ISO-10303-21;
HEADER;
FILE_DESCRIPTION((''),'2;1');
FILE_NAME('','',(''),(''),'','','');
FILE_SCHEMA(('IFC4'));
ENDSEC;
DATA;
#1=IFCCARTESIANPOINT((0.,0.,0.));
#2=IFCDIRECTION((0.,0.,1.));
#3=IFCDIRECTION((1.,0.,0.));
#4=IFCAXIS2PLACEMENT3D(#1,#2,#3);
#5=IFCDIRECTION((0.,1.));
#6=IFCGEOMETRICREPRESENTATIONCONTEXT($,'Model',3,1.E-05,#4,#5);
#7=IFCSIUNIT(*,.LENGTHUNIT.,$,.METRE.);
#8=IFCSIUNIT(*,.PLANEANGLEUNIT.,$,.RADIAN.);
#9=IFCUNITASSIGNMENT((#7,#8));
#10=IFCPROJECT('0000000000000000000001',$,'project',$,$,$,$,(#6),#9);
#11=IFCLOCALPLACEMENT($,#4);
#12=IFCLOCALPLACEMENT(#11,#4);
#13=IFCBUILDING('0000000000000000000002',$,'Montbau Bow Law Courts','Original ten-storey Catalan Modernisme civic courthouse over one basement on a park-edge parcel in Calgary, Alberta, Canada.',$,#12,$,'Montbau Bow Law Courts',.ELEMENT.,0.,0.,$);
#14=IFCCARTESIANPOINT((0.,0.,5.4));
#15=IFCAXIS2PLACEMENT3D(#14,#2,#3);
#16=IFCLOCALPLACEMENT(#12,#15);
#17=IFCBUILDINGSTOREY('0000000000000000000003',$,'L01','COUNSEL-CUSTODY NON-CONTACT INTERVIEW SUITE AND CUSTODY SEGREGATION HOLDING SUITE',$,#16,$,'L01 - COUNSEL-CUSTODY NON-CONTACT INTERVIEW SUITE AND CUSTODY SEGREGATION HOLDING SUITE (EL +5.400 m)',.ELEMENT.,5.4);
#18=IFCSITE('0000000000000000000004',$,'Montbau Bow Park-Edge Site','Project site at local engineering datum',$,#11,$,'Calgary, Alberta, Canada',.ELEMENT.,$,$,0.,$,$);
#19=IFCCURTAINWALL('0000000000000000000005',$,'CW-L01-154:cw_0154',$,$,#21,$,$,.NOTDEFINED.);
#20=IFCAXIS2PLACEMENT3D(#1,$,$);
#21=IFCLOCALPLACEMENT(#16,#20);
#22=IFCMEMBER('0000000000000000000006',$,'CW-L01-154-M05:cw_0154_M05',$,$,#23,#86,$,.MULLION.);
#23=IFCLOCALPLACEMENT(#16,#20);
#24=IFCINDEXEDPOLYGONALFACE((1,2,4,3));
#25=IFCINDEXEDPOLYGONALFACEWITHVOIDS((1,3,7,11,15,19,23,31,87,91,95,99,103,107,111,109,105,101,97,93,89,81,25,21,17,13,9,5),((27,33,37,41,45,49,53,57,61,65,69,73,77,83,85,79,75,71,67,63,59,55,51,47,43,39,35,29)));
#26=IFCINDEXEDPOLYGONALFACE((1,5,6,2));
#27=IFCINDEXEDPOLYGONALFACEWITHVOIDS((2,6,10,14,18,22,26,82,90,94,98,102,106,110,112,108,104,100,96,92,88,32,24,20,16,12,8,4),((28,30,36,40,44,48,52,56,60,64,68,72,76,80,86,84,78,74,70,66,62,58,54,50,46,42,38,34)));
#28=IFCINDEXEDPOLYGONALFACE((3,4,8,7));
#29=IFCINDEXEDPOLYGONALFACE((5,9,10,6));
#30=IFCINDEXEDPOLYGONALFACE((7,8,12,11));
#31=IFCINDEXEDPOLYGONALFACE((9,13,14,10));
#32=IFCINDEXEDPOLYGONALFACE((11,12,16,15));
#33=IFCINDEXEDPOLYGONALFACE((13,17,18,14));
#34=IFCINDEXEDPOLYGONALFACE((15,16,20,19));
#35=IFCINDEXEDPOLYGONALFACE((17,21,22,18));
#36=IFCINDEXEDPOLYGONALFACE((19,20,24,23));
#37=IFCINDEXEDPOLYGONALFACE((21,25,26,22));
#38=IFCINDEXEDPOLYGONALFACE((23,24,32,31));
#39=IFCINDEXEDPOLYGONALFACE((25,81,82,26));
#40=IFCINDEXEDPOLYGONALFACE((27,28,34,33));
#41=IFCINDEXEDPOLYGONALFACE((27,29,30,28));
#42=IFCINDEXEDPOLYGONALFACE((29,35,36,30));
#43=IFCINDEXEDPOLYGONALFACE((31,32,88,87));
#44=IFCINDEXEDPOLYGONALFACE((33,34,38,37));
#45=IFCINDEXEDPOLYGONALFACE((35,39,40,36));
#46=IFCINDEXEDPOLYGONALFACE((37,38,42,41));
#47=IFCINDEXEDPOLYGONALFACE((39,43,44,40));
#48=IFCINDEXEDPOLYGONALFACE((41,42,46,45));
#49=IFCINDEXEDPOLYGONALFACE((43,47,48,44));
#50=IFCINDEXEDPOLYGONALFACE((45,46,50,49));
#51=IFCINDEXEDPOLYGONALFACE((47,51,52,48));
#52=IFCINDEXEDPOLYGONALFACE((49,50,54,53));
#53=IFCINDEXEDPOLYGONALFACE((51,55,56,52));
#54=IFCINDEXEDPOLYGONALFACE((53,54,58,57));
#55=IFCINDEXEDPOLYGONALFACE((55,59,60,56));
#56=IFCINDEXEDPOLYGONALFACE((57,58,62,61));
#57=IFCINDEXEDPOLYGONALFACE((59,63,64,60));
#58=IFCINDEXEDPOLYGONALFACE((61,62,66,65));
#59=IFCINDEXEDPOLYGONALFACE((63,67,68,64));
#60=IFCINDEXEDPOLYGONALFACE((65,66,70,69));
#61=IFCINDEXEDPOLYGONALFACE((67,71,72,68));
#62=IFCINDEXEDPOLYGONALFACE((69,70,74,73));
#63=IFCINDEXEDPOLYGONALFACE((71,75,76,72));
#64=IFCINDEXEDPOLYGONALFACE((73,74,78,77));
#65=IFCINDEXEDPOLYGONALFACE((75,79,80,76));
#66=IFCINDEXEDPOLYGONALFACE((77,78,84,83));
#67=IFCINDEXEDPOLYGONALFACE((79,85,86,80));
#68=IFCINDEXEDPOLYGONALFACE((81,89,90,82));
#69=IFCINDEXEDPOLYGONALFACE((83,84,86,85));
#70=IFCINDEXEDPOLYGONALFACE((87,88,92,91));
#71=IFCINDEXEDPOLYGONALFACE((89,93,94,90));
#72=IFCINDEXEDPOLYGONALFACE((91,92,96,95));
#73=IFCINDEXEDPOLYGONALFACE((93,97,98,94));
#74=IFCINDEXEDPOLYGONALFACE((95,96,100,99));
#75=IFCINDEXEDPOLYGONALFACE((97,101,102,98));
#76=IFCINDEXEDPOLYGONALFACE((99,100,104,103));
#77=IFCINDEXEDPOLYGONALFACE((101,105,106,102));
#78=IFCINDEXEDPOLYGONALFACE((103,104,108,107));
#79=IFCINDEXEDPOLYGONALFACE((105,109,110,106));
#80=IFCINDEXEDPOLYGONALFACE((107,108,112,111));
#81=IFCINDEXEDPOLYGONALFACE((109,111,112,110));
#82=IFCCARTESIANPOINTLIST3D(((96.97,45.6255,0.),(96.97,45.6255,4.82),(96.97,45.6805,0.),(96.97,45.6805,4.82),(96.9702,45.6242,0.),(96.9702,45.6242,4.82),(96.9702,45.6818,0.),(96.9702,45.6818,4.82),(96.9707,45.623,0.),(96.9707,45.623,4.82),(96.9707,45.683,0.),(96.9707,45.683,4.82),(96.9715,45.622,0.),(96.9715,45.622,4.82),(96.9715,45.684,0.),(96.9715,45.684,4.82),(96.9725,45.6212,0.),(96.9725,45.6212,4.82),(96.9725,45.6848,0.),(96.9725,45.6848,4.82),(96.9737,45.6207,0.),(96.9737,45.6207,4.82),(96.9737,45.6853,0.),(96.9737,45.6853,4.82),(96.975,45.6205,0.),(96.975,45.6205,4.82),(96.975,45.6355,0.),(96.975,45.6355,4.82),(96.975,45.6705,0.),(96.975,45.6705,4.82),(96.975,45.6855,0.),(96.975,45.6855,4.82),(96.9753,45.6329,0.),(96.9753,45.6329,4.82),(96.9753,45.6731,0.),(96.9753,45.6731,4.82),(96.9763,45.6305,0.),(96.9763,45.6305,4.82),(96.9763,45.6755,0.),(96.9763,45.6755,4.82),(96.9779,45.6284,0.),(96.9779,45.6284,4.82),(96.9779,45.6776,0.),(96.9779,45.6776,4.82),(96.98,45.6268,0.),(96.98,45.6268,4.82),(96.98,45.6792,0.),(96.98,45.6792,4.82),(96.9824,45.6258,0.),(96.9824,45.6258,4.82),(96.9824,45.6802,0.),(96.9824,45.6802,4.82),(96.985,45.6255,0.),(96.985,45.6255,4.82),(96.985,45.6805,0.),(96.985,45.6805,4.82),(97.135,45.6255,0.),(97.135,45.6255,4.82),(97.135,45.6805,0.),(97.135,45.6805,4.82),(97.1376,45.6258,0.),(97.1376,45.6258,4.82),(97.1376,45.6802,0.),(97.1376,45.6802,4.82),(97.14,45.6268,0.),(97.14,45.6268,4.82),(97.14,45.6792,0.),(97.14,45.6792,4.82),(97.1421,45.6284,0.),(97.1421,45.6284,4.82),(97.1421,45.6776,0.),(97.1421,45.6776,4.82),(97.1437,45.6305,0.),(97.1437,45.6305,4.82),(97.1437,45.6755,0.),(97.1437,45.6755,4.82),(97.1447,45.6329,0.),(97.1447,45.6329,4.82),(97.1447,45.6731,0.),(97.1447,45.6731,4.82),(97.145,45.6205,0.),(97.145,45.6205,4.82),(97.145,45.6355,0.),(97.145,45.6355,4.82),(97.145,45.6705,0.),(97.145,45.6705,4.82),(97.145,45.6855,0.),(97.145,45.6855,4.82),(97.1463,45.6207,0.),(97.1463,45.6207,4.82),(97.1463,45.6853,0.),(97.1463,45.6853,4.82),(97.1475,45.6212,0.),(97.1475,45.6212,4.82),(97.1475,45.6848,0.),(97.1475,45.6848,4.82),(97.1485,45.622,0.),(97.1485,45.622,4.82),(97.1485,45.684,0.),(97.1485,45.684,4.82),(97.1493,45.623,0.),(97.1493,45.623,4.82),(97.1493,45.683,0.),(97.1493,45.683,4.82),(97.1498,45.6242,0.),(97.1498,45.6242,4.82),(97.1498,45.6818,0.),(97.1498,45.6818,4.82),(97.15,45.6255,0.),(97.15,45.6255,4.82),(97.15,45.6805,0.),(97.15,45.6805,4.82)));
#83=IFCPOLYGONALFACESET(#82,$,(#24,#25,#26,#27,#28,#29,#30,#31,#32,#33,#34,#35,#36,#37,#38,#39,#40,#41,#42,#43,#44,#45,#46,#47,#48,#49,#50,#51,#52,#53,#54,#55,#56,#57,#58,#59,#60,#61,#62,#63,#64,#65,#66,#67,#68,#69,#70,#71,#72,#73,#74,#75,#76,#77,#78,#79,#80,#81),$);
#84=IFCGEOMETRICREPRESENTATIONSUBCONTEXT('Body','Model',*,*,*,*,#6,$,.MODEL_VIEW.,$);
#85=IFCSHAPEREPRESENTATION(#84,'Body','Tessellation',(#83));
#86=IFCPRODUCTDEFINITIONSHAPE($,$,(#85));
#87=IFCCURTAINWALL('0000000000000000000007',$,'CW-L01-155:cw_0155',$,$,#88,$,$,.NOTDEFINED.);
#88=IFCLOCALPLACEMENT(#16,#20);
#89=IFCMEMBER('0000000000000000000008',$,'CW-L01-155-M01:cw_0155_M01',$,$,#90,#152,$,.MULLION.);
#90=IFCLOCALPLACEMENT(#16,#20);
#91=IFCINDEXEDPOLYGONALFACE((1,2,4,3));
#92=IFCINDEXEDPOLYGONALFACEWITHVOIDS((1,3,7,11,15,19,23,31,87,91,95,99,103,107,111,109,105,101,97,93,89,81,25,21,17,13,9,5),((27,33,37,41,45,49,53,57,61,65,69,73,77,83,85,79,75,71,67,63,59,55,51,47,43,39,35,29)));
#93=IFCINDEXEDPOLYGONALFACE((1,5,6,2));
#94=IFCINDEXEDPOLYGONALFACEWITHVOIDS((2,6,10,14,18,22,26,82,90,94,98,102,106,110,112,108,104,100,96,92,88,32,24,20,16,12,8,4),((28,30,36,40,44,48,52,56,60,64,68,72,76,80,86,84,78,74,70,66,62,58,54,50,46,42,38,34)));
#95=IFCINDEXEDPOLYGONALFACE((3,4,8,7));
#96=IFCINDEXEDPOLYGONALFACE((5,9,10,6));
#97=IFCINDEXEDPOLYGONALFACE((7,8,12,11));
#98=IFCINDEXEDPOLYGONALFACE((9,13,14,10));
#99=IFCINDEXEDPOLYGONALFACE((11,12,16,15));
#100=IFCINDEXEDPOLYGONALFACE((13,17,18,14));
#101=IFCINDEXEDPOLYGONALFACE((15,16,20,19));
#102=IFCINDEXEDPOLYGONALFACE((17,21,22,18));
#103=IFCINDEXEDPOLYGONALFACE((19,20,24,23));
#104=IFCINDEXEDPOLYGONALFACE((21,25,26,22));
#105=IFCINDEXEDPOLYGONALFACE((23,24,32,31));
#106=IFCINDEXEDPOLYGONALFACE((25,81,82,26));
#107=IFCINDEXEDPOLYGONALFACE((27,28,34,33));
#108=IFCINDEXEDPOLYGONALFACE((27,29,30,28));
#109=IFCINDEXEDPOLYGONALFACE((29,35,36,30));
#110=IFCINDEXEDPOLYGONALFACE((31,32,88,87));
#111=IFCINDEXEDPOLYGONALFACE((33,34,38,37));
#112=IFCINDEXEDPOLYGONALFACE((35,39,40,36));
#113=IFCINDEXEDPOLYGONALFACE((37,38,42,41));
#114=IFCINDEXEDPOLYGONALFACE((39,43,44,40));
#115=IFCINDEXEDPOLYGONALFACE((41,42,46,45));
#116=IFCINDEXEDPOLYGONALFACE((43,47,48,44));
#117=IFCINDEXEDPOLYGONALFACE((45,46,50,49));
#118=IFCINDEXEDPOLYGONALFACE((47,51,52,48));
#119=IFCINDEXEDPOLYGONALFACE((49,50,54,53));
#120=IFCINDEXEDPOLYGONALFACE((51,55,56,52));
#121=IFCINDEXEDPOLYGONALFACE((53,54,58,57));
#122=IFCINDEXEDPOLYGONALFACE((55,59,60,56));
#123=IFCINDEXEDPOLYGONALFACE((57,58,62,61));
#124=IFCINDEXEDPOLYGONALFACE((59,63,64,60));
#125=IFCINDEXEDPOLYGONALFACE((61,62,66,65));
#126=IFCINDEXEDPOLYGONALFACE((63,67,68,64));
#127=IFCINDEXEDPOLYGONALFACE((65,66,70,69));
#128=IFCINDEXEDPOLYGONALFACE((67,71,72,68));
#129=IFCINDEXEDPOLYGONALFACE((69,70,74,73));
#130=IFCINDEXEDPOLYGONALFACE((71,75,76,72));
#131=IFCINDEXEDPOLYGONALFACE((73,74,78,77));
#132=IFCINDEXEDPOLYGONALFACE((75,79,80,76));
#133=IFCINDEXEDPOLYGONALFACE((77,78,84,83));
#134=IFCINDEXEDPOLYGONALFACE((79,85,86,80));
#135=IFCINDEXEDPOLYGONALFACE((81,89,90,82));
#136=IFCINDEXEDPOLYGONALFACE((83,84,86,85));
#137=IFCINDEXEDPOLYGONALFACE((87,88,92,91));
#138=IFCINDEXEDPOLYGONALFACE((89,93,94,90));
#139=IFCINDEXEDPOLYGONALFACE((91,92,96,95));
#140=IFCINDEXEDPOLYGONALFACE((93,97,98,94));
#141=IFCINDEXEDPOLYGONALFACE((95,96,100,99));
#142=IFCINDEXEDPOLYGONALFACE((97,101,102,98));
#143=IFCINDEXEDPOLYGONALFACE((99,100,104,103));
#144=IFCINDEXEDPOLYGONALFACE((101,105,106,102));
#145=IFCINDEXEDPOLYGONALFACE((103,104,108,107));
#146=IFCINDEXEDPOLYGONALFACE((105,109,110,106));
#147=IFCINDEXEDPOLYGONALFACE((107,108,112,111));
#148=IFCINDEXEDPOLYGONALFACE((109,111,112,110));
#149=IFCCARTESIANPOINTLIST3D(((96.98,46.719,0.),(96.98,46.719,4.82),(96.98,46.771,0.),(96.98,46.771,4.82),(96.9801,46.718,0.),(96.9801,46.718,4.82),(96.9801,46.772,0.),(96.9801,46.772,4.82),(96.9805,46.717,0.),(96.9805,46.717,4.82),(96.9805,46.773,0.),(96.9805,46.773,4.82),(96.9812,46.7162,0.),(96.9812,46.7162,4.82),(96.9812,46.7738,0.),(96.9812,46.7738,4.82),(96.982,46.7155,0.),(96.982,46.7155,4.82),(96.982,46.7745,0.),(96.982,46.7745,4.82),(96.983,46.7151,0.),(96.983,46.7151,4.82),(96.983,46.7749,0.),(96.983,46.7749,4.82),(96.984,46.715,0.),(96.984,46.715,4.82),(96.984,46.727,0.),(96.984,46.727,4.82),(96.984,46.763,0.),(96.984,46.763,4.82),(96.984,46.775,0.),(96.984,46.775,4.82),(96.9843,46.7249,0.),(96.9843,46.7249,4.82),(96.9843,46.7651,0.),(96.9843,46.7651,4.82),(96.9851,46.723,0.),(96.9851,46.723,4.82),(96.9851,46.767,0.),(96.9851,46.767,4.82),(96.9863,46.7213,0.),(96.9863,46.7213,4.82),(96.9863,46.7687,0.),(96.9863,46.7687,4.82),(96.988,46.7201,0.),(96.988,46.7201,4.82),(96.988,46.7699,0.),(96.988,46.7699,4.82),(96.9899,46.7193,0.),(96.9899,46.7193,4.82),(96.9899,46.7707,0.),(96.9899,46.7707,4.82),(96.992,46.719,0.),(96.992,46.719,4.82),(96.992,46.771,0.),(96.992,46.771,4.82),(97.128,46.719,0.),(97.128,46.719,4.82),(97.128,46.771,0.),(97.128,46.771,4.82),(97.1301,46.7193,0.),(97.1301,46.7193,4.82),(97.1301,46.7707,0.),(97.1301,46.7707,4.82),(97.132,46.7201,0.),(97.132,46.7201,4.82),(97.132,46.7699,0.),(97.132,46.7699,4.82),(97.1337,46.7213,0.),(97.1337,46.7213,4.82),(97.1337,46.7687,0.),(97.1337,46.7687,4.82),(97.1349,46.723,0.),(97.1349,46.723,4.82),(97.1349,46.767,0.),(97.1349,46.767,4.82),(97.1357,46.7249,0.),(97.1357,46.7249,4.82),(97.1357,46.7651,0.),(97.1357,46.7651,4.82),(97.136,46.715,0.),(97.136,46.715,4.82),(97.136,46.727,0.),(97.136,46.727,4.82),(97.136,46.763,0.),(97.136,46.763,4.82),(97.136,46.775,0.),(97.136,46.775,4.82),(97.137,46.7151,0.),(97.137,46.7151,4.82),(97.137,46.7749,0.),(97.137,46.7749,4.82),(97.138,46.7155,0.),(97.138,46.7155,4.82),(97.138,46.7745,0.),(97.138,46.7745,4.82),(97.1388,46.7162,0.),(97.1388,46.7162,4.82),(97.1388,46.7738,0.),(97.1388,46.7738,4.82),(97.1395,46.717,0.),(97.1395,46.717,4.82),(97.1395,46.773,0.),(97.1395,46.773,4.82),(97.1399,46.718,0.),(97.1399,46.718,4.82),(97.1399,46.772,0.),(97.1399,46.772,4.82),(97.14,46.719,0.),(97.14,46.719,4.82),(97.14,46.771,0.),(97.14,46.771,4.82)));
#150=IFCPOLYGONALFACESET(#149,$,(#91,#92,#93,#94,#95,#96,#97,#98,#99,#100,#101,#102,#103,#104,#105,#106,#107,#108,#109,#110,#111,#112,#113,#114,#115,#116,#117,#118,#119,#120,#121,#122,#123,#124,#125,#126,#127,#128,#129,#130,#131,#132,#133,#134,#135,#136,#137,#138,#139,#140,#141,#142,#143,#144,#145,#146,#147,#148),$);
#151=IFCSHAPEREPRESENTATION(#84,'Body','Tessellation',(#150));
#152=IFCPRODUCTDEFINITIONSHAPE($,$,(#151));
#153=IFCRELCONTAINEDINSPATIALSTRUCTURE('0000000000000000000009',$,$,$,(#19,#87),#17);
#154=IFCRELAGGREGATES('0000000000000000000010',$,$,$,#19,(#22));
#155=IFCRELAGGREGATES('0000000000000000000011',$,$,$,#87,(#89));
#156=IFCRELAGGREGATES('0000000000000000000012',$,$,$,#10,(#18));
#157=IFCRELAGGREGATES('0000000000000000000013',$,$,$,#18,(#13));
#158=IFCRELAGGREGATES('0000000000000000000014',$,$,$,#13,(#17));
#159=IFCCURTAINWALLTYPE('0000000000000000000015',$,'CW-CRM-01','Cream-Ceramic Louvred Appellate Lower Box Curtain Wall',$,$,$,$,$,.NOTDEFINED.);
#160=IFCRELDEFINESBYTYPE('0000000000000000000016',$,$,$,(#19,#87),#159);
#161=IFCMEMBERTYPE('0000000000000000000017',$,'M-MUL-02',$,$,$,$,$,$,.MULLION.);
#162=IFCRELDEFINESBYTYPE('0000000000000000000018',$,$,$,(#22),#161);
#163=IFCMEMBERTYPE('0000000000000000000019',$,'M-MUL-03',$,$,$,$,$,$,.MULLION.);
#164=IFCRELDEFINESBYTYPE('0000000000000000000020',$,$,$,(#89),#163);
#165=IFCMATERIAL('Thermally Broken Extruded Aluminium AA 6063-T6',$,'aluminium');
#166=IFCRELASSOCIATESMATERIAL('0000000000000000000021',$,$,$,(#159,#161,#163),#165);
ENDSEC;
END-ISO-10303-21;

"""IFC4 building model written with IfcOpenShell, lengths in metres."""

from ifc_helpers import new_model, si_unit, direction, frame, origin_with_axes, origin_2d_with_axis, place, context, subcontext, project, spatial, hollow_rectangle, extrude, material, material_profile, profile_set, type_object, element, aggregate, save


model = new_model("IFC4")

# Units and contexts
model_context = context("Model", 3, precision=1e-05, world=origin_with_axes(), true_north=direction((0.0, 1.0)))
body_context = subcontext(model_context, "Body", "Model", "MODEL_VIEW")
ifc_project = project(units=[si_unit("LENGTHUNIT", "METRE"), si_unit("PLANEANGLEUNIT", "RADIAN")], contexts=[model_context])

# Site, building, storey
site_placement = place(None, origin_with_axes())
site = spatial("IfcSite", under=ifc_project, at=site_placement, Name="Montbau Bow Park-Edge Site", Description="Project site at local engineering datum", LongName="Calgary, Alberta, Canada", CompositionType="ELEMENT", RefElevation=0.0)
building_placement = place(site_placement, origin_with_axes())
building = spatial("IfcBuilding", under=site, at=building_placement, Name="Montbau Bow Law Courts", Description="Original ten-storey Catalan Modernisme civic courthouse over one basement on a park-edge parcel in Calgary, Alberta, Canada.", LongName="Montbau Bow Law Courts", CompositionType="ELEMENT", ElevationOfRefHeight=0.0, ElevationOfTerrain=0.0)
storey_placement = place(building_placement, frame((0.0, 0.0, 5.4), z_axis=(0.0, 0.0, 1.0), x_axis=(1.0, 0.0, 0.0)))
storey = spatial("IfcBuildingStorey", under=building, at=storey_placement, Name="L01", Description="COUNSEL-CUSTODY NON-CONTACT INTERVIEW SUITE AND CUSTODY SEGREGATION HOLDING SUITE", LongName="L01 - COUNSEL-CUSTODY NON-CONTACT INTERVIEW SUITE AND CUSTODY SEGREGATION HOLDING SUITE (EL +5.400 m)", CompositionType="ELEMENT", Elevation=5.4)

# Curtain walls, members
ifc_material_1 = material(Name="Thermally Broken Extruded Aluminium AA 6063-T6", Category="aluminium")
curtain_wall_type = type_object("IfcCurtainWallType", Name="CW-CRM-01", Description="Cream-Ceramic Louvred Appellate Lower Box Curtain Wall", PredefinedType="NOTDEFINED", material=ifc_material_1)
curtain_wall_1_placement = place(None, frame((97.06, 39.515, 5.4), z_axis=(0.0, 0.0, 1.0), x_axis=(1.0, 0.0, 0.0)))
curtain_wall_1 = element("IfcCurtainWall", 1, at=curtain_wall_1_placement, inside=storey, type_object=curtain_wall_type, Name="CW-L01-154:cw_0154", PredefinedType="NOTDEFINED")
ifc_material_profile_1 = material_profile(ifc_material_1, hollow_rectangle(XDim=0.065, YDim=0.18, WallThickness=0.005, InnerFilletRadius=0.01, OuterFilletRadius=0.005, at=origin_2d_with_axis()), Name="CWM-180X65", Category="Main", Priority=0)
ifc_profile_set_1 = profile_set([ifc_material_profile_1], Name="Thermally Broken Extruded Aluminium AA 6063-T6")
member_type_1 = type_object("IfcMemberType", Name="M-MUL-02", PredefinedType="MULLION", material=ifc_profile_set_1)
member_1_placement = place(None, frame((97.06, 45.653, 5.4), z_axis=(0.0, 0.0, 1.0), x_axis=(0.0, 1.0, 0.0)))
member_1 = element("IfcMember", 2, at=member_1_placement, type_object=member_type_1, Name="CW-L01-154-M05:cw_0154_M05", PredefinedType="MULLION", context=body_context, shape_type="SweptSolid", body=[
    extrude(hollow_rectangle(XDim=0.065, YDim=0.18, WallThickness=0.005, InnerFilletRadius=0.01, OuterFilletRadius=0.005, at=origin_2d_with_axis()), origin_with_axes(), (0.0, 0.0, 1.0), 4.82),
])
curtain_wall_2_placement = place(None, frame((97.06, 46.715, 5.4), z_axis=(0.0, 0.0, 1.0), x_axis=(1.0, 0.0, 0.0)))
curtain_wall_2 = element("IfcCurtainWall", 3, at=curtain_wall_2_placement, inside=storey, type_object=curtain_wall_type, Name="CW-L01-155:cw_0155", PredefinedType="NOTDEFINED")
ifc_material_profile_2 = material_profile(ifc_material_1, hollow_rectangle(XDim=0.06, YDim=0.16, WallThickness=0.004, InnerFilletRadius=0.008, OuterFilletRadius=0.004, at=origin_2d_with_axis()), Name="CWM-160X60", Category="Main", Priority=0)
ifc_profile_set_2 = profile_set([ifc_material_profile_2], Name="Thermally Broken Extruded Aluminium AA 6063-T6")
member_type_2 = type_object("IfcMemberType", Name="M-MUL-03", PredefinedType="MULLION", material=ifc_profile_set_2)
member_2_placement = place(None, frame((97.06, 46.745, 5.4), z_axis=(0.0, 0.0, 1.0), x_axis=(0.0, 1.0, 0.0)))
member_2 = element("IfcMember", 4, at=member_2_placement, type_object=member_type_2, Name="CW-L01-155-M01:cw_0155_M01", PredefinedType="MULLION", context=body_context, shape_type="SweptSolid", body=[
    extrude(hollow_rectangle(XDim=0.06, YDim=0.16, WallThickness=0.004, InnerFilletRadius=0.008, OuterFilletRadius=0.004, at=origin_2d_with_axis()), origin_with_axes(), (0.0, 0.0, 1.0), 4.82),
])

aggregate(curtain_wall_1, [member_1])
aggregate(curtain_wall_2, [member_2])

save(model, "model.ifc")
